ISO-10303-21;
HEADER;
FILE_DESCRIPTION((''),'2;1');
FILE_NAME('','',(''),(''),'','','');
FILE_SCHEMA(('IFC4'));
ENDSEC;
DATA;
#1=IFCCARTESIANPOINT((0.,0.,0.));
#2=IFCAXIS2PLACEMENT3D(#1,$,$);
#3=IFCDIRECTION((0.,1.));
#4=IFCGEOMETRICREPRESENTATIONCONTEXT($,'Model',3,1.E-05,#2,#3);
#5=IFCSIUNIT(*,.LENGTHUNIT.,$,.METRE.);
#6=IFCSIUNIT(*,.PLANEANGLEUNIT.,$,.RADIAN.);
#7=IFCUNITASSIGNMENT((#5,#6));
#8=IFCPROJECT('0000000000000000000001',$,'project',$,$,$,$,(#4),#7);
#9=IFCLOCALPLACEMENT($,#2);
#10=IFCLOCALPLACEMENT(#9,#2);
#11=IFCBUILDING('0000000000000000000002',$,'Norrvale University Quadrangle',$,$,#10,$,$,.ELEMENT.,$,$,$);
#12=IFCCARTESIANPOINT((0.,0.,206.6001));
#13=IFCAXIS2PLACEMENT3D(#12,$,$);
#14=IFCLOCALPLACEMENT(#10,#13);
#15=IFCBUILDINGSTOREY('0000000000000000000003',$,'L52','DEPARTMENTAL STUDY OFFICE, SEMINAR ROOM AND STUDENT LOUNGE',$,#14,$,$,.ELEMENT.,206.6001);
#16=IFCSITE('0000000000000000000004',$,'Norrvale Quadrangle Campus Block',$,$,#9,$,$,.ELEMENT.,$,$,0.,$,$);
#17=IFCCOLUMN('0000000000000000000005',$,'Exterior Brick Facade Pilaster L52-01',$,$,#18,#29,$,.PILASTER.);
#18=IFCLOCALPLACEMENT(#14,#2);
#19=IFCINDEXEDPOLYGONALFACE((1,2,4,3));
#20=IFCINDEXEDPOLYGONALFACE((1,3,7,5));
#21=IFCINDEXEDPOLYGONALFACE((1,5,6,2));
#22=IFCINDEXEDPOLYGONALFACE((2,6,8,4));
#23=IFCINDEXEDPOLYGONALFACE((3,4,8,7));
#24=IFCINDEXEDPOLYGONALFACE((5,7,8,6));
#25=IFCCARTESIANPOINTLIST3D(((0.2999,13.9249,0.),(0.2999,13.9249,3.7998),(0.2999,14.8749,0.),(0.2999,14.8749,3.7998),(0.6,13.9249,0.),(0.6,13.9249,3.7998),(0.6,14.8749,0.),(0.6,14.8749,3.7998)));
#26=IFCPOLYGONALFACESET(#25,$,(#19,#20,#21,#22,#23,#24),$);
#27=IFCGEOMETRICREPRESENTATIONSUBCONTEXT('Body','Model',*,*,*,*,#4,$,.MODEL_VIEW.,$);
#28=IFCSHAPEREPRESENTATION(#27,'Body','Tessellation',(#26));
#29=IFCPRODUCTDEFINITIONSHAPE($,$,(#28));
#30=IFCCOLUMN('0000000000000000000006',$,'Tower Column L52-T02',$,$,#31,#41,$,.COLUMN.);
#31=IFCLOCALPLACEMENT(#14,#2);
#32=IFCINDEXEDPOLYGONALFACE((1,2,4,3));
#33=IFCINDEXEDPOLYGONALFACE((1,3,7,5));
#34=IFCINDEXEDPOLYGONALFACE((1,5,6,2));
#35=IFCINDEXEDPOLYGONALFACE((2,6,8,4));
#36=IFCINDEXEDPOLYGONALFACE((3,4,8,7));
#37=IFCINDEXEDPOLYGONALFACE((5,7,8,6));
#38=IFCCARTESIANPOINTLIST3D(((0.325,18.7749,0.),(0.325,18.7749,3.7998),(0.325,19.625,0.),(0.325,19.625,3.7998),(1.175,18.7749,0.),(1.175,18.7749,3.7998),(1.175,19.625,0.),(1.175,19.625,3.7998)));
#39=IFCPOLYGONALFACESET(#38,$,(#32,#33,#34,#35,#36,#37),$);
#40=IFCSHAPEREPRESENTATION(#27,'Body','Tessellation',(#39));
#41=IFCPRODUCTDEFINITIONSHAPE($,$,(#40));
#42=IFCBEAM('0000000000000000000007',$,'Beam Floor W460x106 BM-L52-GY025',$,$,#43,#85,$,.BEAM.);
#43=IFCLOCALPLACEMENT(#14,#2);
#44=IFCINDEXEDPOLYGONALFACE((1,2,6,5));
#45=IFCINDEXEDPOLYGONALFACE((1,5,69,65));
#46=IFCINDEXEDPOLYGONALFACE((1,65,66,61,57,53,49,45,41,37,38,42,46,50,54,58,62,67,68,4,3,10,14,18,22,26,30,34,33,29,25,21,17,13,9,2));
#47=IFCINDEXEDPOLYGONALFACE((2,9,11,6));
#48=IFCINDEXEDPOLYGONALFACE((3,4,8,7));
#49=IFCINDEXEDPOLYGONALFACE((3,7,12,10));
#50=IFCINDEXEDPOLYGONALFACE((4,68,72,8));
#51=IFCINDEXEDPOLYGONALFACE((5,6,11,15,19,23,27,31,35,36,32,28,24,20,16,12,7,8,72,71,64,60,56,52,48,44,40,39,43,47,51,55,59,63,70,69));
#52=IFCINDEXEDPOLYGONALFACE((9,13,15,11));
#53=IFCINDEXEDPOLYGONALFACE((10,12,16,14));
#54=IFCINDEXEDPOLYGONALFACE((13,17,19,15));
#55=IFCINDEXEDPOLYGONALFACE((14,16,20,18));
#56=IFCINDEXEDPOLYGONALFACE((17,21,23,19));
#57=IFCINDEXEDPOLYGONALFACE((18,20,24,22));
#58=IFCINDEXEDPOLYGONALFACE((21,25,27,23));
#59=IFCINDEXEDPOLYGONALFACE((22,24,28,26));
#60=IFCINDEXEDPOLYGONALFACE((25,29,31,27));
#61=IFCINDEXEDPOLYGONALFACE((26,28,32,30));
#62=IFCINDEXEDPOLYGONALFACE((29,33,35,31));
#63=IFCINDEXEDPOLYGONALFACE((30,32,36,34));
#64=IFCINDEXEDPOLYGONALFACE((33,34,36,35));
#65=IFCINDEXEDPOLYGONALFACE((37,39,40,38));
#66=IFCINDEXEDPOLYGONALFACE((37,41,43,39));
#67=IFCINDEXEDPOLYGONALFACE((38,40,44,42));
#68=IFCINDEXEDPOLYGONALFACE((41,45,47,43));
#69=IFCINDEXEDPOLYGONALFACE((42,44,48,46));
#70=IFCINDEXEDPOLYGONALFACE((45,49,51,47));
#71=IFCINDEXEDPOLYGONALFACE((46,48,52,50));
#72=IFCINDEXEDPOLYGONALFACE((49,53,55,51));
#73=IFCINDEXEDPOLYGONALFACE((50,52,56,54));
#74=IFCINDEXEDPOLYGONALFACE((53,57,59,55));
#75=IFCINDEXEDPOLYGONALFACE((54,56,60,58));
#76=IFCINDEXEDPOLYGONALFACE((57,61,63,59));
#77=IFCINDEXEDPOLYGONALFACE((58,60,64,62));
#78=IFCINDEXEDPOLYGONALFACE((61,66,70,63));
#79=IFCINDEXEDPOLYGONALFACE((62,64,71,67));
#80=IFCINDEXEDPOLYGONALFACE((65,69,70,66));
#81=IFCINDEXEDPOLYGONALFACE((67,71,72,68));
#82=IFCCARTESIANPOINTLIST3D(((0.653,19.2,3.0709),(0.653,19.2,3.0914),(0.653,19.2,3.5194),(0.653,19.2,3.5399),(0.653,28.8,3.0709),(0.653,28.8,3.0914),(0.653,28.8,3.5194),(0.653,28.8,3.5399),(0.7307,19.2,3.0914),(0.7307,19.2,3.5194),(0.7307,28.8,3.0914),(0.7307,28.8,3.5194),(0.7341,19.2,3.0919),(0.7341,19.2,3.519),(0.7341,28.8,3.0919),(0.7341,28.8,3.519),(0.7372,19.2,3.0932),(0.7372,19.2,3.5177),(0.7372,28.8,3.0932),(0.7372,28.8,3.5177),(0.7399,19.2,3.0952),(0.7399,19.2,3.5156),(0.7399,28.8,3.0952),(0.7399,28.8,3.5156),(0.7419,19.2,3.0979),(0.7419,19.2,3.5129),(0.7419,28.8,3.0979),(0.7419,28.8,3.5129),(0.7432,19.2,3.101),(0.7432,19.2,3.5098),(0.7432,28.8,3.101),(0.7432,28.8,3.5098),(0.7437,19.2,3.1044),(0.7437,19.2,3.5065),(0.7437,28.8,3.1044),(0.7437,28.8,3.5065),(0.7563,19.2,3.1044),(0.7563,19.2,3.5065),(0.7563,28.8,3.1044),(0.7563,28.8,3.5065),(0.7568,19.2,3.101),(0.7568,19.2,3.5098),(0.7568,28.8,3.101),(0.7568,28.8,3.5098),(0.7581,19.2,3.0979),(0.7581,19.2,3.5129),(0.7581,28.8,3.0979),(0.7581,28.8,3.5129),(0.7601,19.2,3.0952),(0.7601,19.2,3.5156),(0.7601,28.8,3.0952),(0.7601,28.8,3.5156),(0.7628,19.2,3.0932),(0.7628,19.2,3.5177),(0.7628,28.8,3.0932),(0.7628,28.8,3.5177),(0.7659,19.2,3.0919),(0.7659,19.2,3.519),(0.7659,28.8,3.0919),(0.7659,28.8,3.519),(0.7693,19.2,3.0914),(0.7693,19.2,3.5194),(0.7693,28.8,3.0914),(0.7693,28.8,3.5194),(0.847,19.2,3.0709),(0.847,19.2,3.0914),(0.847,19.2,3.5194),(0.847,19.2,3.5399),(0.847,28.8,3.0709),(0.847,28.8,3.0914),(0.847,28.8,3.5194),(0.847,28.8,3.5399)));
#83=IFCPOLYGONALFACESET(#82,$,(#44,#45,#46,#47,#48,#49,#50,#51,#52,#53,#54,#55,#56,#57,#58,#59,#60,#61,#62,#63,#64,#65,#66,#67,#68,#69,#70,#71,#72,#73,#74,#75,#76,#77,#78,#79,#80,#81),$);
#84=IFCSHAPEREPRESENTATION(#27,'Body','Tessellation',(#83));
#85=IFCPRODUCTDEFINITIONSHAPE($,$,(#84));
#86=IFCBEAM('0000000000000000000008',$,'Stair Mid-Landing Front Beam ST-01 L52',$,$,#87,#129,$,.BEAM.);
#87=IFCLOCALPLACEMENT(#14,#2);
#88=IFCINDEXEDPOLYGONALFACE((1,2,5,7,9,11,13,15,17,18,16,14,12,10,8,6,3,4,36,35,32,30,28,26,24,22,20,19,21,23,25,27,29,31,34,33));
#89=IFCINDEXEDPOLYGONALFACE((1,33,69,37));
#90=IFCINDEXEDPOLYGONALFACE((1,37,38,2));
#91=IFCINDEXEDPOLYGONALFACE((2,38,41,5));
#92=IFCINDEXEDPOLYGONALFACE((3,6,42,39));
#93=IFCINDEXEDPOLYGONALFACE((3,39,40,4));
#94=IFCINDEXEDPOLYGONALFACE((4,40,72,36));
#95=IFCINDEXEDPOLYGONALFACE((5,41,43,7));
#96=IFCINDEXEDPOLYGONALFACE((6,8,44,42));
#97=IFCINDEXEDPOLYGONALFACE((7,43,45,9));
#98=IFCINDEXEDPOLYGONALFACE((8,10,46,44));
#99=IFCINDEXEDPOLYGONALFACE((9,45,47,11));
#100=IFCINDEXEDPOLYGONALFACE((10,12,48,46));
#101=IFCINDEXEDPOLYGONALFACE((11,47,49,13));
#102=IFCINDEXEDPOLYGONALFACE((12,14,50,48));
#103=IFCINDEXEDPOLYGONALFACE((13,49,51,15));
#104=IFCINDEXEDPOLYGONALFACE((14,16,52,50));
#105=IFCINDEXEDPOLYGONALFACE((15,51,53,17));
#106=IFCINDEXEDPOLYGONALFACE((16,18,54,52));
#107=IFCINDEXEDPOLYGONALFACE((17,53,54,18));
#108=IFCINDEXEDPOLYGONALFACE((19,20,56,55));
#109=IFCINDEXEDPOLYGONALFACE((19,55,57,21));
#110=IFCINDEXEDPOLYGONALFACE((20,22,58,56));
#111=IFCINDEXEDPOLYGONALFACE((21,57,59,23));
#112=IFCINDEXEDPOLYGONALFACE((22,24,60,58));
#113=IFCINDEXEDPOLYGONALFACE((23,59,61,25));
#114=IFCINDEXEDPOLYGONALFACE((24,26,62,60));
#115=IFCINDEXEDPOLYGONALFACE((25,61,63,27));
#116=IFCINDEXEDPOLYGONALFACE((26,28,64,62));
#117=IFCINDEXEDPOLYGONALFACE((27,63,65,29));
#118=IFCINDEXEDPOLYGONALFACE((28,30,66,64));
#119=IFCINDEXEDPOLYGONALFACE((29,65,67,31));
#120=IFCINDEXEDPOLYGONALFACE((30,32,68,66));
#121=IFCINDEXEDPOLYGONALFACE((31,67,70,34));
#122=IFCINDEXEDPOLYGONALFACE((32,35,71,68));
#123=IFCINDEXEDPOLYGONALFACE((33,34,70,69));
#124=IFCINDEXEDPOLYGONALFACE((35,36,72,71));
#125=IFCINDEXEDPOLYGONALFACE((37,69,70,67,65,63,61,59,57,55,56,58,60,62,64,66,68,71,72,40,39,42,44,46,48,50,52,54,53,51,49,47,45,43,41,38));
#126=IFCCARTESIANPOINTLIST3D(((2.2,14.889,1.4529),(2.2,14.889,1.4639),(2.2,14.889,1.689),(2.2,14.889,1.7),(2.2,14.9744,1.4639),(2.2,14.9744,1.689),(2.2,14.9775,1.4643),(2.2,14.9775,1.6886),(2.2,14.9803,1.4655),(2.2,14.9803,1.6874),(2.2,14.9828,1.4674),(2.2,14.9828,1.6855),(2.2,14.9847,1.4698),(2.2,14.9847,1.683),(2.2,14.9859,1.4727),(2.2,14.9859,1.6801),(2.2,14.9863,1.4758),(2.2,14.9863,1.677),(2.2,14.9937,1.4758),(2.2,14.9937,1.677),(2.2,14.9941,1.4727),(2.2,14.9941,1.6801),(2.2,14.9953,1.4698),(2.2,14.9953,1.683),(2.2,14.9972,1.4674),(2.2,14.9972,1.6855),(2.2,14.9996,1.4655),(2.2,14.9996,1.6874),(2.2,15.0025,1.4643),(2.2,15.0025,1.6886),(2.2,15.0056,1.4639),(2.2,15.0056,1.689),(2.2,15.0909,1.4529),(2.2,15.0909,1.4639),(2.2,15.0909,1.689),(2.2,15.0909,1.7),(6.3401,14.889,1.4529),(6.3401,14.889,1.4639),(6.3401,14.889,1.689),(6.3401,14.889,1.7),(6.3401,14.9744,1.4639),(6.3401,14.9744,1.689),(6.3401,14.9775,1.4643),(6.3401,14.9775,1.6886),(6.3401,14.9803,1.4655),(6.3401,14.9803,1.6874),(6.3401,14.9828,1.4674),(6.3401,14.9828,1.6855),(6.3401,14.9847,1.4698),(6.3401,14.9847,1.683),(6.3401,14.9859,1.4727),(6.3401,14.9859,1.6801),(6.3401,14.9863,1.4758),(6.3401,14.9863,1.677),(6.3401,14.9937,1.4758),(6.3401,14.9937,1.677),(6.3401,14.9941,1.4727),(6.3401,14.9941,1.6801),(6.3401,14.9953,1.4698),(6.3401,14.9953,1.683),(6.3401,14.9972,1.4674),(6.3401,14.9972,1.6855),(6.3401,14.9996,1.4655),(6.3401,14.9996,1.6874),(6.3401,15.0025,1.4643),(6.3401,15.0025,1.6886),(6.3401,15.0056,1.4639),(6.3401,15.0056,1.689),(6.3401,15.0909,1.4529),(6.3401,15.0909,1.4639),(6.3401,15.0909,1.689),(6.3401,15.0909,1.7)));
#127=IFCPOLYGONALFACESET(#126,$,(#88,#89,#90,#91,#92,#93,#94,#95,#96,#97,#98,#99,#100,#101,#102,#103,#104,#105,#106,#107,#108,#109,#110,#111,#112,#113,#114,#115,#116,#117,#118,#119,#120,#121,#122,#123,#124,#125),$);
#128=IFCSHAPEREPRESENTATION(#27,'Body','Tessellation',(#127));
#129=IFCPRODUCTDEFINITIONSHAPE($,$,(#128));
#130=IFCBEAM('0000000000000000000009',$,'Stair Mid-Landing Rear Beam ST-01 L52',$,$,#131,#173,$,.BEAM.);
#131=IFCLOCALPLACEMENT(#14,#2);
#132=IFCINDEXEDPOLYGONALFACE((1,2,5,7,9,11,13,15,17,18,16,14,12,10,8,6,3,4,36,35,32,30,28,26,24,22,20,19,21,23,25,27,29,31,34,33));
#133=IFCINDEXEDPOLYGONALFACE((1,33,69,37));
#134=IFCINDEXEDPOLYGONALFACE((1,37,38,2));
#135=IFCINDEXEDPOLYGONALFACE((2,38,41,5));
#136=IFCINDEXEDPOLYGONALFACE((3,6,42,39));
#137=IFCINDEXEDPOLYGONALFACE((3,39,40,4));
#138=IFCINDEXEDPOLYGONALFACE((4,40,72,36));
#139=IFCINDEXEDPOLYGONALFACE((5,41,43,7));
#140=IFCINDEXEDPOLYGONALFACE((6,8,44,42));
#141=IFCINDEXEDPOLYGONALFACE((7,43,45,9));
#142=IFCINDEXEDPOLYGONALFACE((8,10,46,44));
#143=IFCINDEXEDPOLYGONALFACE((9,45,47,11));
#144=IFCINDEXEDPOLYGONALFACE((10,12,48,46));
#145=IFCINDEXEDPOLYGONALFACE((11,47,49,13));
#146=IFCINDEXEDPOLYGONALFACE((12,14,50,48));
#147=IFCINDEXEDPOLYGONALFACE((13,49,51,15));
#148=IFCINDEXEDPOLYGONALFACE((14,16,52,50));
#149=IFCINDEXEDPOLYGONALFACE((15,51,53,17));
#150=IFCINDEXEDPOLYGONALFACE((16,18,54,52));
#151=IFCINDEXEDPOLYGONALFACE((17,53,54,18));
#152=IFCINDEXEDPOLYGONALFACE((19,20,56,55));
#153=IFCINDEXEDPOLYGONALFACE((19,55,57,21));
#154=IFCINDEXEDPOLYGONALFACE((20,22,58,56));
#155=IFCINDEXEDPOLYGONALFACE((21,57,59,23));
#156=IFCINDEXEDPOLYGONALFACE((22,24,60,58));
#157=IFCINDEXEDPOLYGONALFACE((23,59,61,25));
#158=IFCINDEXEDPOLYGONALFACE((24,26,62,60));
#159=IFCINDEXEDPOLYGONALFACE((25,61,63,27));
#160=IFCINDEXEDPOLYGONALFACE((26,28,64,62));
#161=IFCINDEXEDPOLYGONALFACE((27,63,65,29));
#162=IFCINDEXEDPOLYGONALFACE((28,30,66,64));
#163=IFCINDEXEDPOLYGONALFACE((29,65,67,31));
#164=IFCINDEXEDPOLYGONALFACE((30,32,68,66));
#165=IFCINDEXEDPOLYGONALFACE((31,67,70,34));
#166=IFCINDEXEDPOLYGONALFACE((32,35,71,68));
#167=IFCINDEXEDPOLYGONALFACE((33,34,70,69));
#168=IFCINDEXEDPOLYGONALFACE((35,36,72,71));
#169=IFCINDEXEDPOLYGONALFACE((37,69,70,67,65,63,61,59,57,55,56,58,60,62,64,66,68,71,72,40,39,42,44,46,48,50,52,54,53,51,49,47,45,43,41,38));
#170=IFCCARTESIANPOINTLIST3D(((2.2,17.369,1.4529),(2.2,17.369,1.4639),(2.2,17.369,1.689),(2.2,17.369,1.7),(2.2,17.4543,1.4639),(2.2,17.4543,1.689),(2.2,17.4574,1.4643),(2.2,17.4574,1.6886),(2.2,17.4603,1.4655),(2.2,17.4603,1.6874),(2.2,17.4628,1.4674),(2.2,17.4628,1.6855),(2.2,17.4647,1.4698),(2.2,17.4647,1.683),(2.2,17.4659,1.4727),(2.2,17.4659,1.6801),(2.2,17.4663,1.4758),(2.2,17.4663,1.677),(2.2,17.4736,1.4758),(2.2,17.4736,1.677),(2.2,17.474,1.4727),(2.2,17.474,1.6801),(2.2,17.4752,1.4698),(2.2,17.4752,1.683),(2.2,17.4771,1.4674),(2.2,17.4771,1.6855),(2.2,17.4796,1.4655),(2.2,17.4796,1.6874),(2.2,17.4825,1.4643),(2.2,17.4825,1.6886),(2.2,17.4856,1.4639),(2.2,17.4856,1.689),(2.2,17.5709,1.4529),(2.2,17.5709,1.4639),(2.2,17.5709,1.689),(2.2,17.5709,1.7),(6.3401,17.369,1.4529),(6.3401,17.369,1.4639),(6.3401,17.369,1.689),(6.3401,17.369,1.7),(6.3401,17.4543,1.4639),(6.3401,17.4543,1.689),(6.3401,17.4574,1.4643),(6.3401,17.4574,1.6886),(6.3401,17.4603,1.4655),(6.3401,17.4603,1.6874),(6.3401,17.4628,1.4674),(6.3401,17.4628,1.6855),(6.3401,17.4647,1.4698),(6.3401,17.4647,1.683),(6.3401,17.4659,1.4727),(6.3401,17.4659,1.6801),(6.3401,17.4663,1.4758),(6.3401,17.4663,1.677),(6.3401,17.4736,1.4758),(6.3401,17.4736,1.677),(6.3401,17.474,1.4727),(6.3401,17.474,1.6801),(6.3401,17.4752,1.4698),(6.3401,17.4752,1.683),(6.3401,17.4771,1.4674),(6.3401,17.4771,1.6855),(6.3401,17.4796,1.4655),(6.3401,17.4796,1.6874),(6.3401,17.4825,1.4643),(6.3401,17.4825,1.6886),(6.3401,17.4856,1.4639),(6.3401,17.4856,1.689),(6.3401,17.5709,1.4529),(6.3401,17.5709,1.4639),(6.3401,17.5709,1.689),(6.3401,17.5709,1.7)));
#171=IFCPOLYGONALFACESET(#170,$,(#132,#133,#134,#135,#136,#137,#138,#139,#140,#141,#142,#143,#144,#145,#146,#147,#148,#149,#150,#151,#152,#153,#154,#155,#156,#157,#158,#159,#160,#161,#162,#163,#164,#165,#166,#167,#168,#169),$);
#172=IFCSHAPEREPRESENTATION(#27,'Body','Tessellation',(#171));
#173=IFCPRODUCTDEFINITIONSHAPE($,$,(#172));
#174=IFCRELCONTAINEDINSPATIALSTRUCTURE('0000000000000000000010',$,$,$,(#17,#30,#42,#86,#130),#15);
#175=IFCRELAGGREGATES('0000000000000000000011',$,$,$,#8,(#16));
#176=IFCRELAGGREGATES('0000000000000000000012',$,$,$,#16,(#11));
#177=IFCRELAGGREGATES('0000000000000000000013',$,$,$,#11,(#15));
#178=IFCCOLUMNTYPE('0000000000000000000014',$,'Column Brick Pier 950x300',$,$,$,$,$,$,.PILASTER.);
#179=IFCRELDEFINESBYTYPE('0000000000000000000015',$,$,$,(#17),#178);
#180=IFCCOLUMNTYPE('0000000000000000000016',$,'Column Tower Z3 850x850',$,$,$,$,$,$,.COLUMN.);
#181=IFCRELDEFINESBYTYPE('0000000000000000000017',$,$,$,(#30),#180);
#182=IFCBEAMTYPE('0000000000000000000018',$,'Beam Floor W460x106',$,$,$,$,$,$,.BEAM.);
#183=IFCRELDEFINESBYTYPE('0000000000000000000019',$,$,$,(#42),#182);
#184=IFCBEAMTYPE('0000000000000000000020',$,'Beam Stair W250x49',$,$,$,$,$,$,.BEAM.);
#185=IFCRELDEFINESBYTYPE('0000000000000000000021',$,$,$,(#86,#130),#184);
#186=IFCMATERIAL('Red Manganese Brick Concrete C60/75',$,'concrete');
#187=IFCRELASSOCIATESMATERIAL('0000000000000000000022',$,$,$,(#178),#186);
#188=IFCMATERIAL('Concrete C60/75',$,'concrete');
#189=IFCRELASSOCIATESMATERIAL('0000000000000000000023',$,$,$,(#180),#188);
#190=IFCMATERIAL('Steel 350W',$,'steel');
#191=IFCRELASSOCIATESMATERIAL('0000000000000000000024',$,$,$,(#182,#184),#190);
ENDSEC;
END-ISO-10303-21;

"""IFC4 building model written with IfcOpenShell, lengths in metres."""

from ifc_helpers import new_model, si_unit, direction, frame, origin, origin_2d, place, context, subcontext, project, spatial, rectangle, i_section, extrude, material, material_profile, profile_set, type_object, element, save


model = new_model("IFC4")

# Units and contexts
model_context = context("Model", 3, precision=1e-05, world=origin(), true_north=direction((0.0, 1.0)))
body_context = subcontext(model_context, "Body", "Model", "MODEL_VIEW")
ifc_project = project(units=[si_unit("LENGTHUNIT", "METRE"), si_unit("PLANEANGLEUNIT", "RADIAN")], contexts=[model_context])

# Site, building, storey
site_placement = place(None, origin())
site = spatial("IfcSite", under=ifc_project, at=site_placement, Name="Norrvale Quadrangle Campus Block", CompositionType="ELEMENT", RefElevation=0.0)
building_placement = place(site_placement, origin())
building = spatial("IfcBuilding", under=site, at=building_placement, Name="Norrvale University Quadrangle", CompositionType="ELEMENT")
storey_placement = place(building_placement, frame((0.0, 0.0, 206.6001)))
storey = spatial("IfcBuildingStorey", under=building, at=storey_placement, Name="L52", Description="DEPARTMENTAL STUDY OFFICE, SEMINAR ROOM AND STUDENT LOUNGE", CompositionType="ELEMENT", Elevation=206.6001)

# Columns
ifc_material_1 = material(Name="Red Manganese Brick Concrete C60/75", Category="concrete")
ifc_material_profile_1 = material_profile(ifc_material_1, rectangle(XDim=0.95, YDim=0.3, at=origin_2d()), Name="Red Manganese Brick Concrete C60/75")
ifc_profile_set_1 = profile_set([ifc_material_profile_1], Name="Red Manganese Brick Concrete C60/75")
column_type_1 = type_object("IfcColumnType", Name="Column Brick Pier 950x300", PredefinedType="PILASTER", material=ifc_profile_set_1)
column_1_placement = place(storey_placement, frame((0.45, 14.3999, 0.0), z_axis=(0.0, 0.0, 1.0), x_axis=(0.0, 1.0, 0.0)))
element("IfcColumn", 1, at=column_1_placement, inside=storey, type_object=column_type_1, Name="Exterior Brick Facade Pilaster L52-01", PredefinedType="PILASTER", context=body_context, shape_type="SweptSolid", body=[
    extrude(rectangle(XDim=0.95, YDim=0.3, at=origin_2d()), origin(), (0.0, 0.0, 1.0), 3.7998),
])
ifc_material_2 = material(Name="Concrete C60/75", Category="concrete")
ifc_material_profile_2 = material_profile(ifc_material_2, rectangle(XDim=0.8501, YDim=0.8501, at=origin_2d()), Name="Concrete C60/75")
ifc_profile_set_2 = profile_set([ifc_material_profile_2], Name="Concrete C60/75")
column_type_2 = type_object("IfcColumnType", Name="Column Tower Z3 850x850", PredefinedType="COLUMN", material=ifc_profile_set_2)
column_2_placement = place(storey_placement, frame((0.75, 19.2, 0.0), z_axis=(0.0, 0.0, 1.0), x_axis=(1.0, 0.0, 0.0)))
element("IfcColumn", 2, at=column_2_placement, inside=storey, type_object=column_type_2, Name="Tower Column L52-T02", PredefinedType="COLUMN", context=body_context, shape_type="SweptSolid", body=[
    extrude(rectangle(XDim=0.8501, YDim=0.8501, at=origin_2d()), origin(), (0.0, 0.0, 1.0), 3.7998),
])

# Beams
ifc_material_3 = material(Name="Steel 350W", Category="steel")
ifc_material_profile_3 = material_profile(ifc_material_3, i_section(OverallWidth=0.1941, OverallDepth=0.469, WebThickness=0.0127, FlangeThickness=0.0205, FilletRadius=0.0129, at=origin_2d()), Name="Steel 350W")
ifc_profile_set_3 = profile_set([ifc_material_profile_3], Name="Steel 350W")
beam_type_1 = type_object("IfcBeamType", Name="Beam Floor W460x106", PredefinedType="BEAM", material=ifc_profile_set_3)
beam_1_placement = place(storey_placement, frame((0.75, 19.2, 3.3054), z_axis=(0.0, 1.0, 0.0), x_axis=(-1.0, 0.0, 0.0)))
element("IfcBeam", 3, at=beam_1_placement, inside=storey, type_object=beam_type_1, Name="Beam Floor W460x106 BM-L52-GY025", PredefinedType="BEAM", context=body_context, shape_type="SweptSolid", body=[
    extrude(i_section(OverallWidth=0.1941, OverallDepth=0.469, WebThickness=0.0127, FlangeThickness=0.0205, FilletRadius=0.0129, at=origin_2d()), origin(), (0.0, 0.0, 1.0), 9.6001),
])
ifc_material_profile_4 = material_profile(ifc_material_3, i_section(OverallWidth=0.2019, OverallDepth=0.2471, WebThickness=0.0073, FlangeThickness=0.011, FilletRadius=0.012, at=origin_2d()), Name="Steel 350W")
ifc_profile_set_4 = profile_set([ifc_material_profile_4], Name="Steel 350W")
beam_type_2 = type_object("IfcBeamType", Name="Beam Stair W250x49", PredefinedType="BEAM", material=ifc_profile_set_4)
for number, where, z_axis, x_axis, name in (
    (4, (2.2, 14.99, 1.5764), (1.0, 0.0, 0.0), (0.0, 1.0, 0.0), "Stair Mid-Landing Front Beam ST-01 L52"),
    (5, (2.2, 17.47, 1.5764), (1.0, 0.0, 0.0), (0.0, 1.0, 0.0), "Stair Mid-Landing Rear Beam ST-01 L52"),
):
    element("IfcBeam", number, at=place(storey_placement, frame(where, z_axis=z_axis, x_axis=x_axis)), inside=storey, type_object=beam_type_2, Name=name, PredefinedType="BEAM", context=body_context, shape_type="SweptSolid", body=[
        extrude(i_section(OverallWidth=0.2019, OverallDepth=0.2471, WebThickness=0.0073, FlangeThickness=0.011, FilletRadius=0.012, at=origin_2d()), origin(), (0.0, 0.0, 1.0), 4.1401),
    ])

save(model, "model.ifc")
